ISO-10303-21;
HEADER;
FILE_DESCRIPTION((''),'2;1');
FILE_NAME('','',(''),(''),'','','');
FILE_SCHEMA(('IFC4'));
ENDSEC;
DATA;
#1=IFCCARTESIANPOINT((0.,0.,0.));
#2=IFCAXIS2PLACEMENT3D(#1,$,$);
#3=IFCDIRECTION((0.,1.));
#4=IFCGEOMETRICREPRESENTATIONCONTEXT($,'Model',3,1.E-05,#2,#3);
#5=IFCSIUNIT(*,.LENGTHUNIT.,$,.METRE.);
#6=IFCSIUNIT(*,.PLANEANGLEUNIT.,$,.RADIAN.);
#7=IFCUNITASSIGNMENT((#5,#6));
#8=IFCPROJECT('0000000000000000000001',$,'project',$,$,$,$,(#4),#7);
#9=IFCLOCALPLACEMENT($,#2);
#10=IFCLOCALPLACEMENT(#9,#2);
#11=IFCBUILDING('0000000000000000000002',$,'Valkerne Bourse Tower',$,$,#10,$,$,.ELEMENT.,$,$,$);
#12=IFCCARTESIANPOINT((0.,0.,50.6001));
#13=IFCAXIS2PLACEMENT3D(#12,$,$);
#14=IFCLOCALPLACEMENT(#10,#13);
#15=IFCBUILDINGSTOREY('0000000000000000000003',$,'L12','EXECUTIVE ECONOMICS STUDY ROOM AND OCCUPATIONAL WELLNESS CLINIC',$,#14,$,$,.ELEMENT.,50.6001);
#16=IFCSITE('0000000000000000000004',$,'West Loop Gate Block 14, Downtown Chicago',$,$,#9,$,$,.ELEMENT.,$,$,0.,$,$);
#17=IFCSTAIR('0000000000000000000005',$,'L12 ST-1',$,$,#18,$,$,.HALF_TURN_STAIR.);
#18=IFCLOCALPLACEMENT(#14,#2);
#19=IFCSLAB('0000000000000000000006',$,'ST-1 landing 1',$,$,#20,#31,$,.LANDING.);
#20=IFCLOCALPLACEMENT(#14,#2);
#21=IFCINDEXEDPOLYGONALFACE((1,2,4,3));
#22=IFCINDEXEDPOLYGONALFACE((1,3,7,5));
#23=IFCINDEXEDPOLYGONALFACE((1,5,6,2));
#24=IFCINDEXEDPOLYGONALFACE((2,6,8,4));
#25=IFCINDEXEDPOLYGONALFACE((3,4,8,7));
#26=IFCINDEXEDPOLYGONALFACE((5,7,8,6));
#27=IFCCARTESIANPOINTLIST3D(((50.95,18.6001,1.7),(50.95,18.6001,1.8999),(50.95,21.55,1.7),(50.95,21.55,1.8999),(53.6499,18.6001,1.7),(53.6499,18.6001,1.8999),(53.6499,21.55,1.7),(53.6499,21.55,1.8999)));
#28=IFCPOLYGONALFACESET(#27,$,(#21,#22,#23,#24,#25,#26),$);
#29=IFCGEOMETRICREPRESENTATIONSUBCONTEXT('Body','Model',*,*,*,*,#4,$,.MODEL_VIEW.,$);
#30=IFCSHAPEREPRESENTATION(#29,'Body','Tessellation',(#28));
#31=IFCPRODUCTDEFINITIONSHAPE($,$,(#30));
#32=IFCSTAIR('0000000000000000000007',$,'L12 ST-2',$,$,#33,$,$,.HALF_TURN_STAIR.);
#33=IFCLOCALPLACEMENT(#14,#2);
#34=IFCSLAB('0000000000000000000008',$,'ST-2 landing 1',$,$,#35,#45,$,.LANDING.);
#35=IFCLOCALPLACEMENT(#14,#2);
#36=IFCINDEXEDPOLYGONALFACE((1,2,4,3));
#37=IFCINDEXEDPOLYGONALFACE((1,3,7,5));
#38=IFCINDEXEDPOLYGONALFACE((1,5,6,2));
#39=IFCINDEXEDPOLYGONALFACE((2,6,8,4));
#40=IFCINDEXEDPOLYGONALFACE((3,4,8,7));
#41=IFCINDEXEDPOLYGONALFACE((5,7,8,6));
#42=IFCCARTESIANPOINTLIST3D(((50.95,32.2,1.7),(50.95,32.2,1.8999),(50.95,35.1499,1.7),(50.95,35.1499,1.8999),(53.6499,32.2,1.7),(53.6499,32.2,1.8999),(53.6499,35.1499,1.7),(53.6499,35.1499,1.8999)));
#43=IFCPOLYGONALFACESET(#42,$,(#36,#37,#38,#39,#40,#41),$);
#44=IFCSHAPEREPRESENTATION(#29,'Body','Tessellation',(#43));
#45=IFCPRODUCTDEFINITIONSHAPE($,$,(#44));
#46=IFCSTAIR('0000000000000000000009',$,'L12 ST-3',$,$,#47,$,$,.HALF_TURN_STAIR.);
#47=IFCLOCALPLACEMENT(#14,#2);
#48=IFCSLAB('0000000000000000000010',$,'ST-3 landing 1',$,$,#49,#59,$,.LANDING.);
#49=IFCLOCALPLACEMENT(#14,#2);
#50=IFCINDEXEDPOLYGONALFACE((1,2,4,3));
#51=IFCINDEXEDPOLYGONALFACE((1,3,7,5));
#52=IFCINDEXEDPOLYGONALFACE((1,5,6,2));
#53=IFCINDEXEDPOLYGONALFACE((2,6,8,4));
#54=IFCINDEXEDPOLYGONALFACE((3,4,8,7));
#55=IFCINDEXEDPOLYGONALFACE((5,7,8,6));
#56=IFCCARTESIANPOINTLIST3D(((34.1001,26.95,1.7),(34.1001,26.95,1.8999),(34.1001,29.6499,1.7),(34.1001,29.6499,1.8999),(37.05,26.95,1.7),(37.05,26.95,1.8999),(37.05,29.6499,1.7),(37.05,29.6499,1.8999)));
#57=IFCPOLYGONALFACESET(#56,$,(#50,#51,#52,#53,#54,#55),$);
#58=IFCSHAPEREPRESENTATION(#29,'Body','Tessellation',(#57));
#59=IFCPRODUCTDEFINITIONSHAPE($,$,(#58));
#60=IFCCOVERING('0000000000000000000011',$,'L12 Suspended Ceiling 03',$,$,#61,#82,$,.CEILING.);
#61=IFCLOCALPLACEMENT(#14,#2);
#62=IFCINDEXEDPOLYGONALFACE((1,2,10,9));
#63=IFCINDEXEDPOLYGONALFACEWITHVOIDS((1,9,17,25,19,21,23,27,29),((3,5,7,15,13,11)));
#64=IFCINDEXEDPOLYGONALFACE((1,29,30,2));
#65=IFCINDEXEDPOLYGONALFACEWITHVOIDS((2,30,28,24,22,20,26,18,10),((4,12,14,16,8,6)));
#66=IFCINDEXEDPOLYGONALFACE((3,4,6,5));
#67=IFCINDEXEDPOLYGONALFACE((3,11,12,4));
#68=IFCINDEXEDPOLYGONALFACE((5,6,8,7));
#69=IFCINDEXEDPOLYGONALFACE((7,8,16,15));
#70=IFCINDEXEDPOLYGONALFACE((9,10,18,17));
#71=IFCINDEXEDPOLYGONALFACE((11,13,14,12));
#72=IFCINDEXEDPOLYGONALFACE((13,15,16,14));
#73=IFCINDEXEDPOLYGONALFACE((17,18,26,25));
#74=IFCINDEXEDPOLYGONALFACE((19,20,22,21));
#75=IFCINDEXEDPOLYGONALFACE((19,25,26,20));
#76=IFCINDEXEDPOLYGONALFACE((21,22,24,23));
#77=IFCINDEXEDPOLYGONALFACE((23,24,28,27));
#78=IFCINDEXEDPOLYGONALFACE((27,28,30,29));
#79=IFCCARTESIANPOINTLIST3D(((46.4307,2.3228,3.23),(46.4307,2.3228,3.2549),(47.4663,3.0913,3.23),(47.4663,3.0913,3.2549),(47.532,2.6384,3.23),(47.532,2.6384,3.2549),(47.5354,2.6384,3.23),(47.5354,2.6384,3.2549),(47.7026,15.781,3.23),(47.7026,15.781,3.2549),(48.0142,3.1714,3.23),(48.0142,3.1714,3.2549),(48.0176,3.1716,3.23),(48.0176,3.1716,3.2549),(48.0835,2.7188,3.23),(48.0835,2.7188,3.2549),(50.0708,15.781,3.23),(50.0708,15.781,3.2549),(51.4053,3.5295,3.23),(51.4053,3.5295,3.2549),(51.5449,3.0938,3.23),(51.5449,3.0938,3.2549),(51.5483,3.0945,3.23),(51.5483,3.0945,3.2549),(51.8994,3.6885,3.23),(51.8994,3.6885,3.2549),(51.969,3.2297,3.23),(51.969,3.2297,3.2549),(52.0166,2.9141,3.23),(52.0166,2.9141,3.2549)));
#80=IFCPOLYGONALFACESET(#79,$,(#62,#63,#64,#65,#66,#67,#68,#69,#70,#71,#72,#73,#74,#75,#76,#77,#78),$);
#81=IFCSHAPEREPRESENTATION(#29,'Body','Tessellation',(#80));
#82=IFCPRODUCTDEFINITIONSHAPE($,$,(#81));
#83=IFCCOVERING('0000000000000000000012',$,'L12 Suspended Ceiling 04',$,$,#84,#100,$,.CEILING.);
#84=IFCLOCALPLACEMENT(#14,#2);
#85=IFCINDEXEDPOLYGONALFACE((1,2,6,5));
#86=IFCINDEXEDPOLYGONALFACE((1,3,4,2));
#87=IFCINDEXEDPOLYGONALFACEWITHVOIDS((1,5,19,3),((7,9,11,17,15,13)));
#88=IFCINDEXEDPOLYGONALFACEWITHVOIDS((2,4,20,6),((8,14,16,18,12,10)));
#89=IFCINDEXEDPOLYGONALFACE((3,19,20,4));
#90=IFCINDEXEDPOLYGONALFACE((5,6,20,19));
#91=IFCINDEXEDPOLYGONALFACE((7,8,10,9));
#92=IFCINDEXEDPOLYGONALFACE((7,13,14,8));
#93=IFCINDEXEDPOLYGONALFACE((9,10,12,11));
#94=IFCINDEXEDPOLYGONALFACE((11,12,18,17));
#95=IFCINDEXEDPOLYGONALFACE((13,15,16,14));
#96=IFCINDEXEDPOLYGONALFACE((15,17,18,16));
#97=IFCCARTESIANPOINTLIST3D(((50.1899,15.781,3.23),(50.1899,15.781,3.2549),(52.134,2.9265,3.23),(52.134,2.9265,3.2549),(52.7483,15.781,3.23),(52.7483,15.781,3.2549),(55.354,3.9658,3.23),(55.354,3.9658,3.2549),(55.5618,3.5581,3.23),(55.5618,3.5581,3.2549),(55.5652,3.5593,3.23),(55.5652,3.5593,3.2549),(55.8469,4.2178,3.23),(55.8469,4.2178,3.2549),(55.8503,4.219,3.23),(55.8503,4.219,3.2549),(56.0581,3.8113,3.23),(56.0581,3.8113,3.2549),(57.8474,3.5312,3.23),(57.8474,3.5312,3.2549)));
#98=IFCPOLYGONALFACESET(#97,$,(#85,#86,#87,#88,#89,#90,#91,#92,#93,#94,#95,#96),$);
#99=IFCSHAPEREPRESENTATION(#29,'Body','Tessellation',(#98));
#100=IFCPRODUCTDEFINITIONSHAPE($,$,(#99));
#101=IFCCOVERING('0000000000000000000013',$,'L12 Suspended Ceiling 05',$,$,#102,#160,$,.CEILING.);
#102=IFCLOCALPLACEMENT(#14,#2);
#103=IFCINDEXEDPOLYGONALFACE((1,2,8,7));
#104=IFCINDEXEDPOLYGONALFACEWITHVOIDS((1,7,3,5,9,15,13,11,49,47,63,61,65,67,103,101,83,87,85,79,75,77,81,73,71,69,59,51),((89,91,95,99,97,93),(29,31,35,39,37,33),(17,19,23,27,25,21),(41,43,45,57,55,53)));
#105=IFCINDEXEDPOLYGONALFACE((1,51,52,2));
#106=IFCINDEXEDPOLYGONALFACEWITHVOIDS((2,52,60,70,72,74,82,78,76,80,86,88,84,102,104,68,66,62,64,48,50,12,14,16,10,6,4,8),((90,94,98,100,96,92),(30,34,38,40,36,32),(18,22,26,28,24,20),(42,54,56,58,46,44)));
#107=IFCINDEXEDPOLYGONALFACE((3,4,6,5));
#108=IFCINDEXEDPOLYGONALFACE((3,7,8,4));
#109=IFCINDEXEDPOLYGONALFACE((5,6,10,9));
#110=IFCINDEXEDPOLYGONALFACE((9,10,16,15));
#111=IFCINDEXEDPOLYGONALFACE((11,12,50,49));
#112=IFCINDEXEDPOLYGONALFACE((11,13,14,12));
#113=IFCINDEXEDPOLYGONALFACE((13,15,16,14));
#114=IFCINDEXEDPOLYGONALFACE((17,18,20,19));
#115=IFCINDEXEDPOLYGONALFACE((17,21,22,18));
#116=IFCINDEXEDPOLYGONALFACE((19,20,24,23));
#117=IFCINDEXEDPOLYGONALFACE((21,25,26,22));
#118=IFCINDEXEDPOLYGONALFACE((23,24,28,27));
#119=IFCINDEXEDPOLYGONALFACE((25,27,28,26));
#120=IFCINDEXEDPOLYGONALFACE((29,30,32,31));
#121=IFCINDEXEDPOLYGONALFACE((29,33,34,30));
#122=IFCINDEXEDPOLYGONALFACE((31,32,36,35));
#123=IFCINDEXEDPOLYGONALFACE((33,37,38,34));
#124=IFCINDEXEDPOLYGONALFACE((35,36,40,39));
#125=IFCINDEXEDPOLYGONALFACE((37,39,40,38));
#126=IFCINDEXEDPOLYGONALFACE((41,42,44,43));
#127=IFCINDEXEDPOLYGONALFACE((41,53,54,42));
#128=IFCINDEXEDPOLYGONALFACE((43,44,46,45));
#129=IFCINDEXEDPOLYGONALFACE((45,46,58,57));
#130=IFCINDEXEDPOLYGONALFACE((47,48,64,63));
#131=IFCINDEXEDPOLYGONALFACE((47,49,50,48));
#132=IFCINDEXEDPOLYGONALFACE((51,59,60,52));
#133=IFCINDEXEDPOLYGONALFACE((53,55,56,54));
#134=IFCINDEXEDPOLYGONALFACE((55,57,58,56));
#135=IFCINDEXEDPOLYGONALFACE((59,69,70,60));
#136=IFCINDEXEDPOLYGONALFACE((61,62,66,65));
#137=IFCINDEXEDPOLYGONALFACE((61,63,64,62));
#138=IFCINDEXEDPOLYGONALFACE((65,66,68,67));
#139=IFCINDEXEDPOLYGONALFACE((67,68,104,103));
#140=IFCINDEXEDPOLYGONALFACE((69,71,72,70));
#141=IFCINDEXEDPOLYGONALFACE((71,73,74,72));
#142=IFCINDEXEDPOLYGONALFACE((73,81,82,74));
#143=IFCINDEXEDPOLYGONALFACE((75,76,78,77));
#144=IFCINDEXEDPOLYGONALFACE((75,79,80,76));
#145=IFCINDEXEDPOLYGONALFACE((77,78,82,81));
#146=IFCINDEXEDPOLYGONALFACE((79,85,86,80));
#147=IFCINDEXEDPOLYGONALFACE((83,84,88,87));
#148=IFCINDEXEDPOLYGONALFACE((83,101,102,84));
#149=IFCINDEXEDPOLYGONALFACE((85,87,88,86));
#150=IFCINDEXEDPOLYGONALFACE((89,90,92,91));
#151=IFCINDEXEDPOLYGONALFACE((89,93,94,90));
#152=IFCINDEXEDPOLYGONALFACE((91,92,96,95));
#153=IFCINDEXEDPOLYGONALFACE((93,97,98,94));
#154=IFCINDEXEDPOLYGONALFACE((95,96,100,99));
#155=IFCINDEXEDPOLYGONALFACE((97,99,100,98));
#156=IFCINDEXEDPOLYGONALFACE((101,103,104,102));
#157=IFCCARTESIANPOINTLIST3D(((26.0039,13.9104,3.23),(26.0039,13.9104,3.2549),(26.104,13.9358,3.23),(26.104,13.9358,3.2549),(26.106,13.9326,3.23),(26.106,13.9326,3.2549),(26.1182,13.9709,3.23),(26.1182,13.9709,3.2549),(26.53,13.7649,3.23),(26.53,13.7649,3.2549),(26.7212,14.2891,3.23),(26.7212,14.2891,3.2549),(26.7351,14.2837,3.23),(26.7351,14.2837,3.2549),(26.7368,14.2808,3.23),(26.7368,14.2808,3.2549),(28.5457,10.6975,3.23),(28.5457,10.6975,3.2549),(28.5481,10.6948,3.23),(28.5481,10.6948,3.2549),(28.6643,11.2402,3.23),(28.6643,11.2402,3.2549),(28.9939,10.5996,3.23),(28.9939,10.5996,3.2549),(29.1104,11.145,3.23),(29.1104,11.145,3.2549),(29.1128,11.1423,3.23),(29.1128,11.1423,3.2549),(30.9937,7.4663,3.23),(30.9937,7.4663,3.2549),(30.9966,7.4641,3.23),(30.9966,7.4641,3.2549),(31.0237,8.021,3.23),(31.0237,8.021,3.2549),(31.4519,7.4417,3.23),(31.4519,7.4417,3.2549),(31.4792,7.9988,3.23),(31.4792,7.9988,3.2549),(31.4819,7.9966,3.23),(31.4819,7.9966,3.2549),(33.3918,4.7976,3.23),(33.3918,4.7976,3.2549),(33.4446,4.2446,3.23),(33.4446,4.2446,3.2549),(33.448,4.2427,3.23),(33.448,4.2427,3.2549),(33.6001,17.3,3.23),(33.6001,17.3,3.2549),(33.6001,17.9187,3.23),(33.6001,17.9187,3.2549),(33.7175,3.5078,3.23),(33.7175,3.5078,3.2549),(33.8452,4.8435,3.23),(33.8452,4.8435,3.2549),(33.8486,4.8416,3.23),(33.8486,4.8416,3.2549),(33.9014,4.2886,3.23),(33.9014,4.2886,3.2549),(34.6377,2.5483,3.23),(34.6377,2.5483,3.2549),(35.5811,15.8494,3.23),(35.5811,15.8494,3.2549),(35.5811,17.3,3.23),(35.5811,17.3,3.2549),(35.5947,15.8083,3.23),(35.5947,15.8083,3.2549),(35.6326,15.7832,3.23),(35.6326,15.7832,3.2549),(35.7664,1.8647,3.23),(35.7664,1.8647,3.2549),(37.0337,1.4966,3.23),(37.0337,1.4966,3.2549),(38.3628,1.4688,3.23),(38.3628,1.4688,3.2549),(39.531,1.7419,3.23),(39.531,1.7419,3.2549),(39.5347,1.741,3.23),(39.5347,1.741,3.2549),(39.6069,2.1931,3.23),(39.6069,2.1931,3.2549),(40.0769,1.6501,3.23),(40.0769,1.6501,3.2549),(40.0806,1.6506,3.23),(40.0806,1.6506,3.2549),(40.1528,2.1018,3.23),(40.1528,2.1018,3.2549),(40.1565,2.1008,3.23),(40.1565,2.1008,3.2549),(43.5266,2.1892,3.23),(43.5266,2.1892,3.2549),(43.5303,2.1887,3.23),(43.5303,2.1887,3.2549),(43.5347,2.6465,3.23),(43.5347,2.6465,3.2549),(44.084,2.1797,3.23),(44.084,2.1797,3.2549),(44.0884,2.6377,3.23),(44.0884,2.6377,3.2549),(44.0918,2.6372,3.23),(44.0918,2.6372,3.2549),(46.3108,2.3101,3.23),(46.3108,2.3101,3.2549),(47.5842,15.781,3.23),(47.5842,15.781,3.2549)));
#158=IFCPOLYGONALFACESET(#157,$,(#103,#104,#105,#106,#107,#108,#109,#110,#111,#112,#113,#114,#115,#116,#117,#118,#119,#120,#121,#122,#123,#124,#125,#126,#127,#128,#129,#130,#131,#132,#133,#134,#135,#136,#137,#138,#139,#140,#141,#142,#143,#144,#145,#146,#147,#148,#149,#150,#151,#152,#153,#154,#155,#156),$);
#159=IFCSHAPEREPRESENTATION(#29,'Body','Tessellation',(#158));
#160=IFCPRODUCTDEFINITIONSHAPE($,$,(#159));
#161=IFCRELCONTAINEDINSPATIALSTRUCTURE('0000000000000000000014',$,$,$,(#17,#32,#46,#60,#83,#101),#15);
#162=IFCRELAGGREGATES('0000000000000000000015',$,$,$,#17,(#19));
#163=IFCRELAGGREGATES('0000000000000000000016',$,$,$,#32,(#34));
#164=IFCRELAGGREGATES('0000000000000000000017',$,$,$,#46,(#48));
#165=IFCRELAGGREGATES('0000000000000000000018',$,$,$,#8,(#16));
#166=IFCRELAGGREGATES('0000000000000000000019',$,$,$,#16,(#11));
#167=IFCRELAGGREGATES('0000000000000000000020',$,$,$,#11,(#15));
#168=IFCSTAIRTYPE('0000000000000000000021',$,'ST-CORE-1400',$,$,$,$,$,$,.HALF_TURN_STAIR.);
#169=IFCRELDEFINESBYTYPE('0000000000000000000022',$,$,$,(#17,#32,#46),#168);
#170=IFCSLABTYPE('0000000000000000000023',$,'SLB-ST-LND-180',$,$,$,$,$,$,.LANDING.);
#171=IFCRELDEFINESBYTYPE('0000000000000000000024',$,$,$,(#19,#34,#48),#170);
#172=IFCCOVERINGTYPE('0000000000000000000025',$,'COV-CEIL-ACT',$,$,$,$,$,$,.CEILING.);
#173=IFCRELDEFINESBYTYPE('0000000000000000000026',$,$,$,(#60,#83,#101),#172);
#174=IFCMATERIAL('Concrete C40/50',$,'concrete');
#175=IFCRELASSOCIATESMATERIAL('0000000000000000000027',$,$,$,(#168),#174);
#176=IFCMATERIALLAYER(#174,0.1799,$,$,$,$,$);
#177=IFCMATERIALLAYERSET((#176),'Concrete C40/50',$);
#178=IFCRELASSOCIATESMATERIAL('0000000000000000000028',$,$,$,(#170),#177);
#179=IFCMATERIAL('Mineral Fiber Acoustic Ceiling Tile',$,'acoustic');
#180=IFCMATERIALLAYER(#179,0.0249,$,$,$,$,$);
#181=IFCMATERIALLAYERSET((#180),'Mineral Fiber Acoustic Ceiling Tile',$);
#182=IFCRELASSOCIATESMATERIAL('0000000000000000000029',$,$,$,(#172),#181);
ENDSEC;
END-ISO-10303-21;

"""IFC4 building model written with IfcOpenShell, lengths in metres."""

from ifc_helpers import new_model, si_unit, direction, frame, origin, place, context, subcontext, project, spatial, polyline, outline, extrude, material, layer, layer_set, type_object, element, aggregate, save


model = new_model("IFC4")

# Units and contexts
model_context = context("Model", 3, precision=1e-05, world=origin(), true_north=direction((0.0, 1.0)))
body_context = subcontext(model_context, "Body", "Model", "MODEL_VIEW")
ifc_project = project(units=[si_unit("LENGTHUNIT", "METRE"), si_unit("PLANEANGLEUNIT", "RADIAN")], contexts=[model_context])

# Site, building, storey
site_placement = place(None, origin())
site = spatial("IfcSite", under=ifc_project, at=site_placement, Name="West Loop Gate Block 14, Downtown Chicago", CompositionType="ELEMENT", RefElevation=0.0)
building_placement = place(site_placement, origin())
building = spatial("IfcBuilding", under=site, at=building_placement, Name="Valkerne Bourse Tower", CompositionType="ELEMENT")
storey_placement = place(building_placement, frame((0.0, 0.0, 50.6001)))
storey = spatial("IfcBuildingStorey", under=building, at=storey_placement, Name="L12", Description="EXECUTIVE ECONOMICS STUDY ROOM AND OCCUPATIONAL WELLNESS CLINIC", CompositionType="ELEMENT", Elevation=50.6001)

# Stairs, slabs
ifc_material_1 = material(Name="Concrete C40/50", Category="concrete")
stair_type = type_object("IfcStairType", Name="ST-CORE-1400", PredefinedType="HALF_TURN_STAIR", material=ifc_material_1)
stair_1_placement = place(storey_placement, origin())
stair_1 = element("IfcStair", 1, at=stair_1_placement, inside=storey, type_object=stair_type, Name="L12 ST-1", PredefinedType="HALF_TURN_STAIR")
ifc_layer_1 = layer(ifc_material_1, 0.1799)
ifc_layer_set_1 = layer_set([ifc_layer_1], Name="Concrete C40/50")
slab_type = type_object("IfcSlabType", Name="SLB-ST-LND-180", PredefinedType="LANDING", material=ifc_layer_set_1)
slab_1_placement = place(storey_placement, frame((0.0, 0.0, 1.7)))
slab_1 = element("IfcSlab", 2, at=slab_1_placement, type_object=slab_type, Name="ST-1 landing 1", PredefinedType="LANDING", context=body_context, shape_type="SweptSolid", body=[
    extrude(outline(polyline([(50.95, 18.6001), (53.6499, 18.6001), (53.6499, 21.55), (50.95, 21.55), (50.95, 18.6001)])), origin(), (0.0, 0.0, 1.0), 0.2),
])
aggregate(stair_1, [slab_1])
stair_2_placement = place(storey_placement, origin())
stair_2 = element("IfcStair", 3, at=stair_2_placement, inside=storey, type_object=stair_type, Name="L12 ST-2", PredefinedType="HALF_TURN_STAIR")
slab_2_placement = place(storey_placement, frame((0.0, 0.0, 1.7)))
slab_2 = element("IfcSlab", 4, at=slab_2_placement, type_object=slab_type, Name="ST-2 landing 1", PredefinedType="LANDING", context=body_context, shape_type="SweptSolid", body=[
    extrude(outline(polyline([(50.95, 32.2), (53.6499, 32.2), (53.6499, 35.1499), (50.95, 35.1499), (50.95, 32.2)])), origin(), (0.0, 0.0, 1.0), 0.2),
])
aggregate(stair_2, [slab_2])
stair_3_placement = place(storey_placement, origin())
stair_3 = element("IfcStair", 5, at=stair_3_placement, inside=storey, type_object=stair_type, Name="L12 ST-3", PredefinedType="HALF_TURN_STAIR")
slab_3_placement = place(storey_placement, frame((0.0, 0.0, 1.7)))
slab_3 = element("IfcSlab", 6, at=slab_3_placement, type_object=slab_type, Name="ST-3 landing 1", PredefinedType="LANDING", context=body_context, shape_type="SweptSolid", body=[
    extrude(outline(polyline([(37.05, 26.95), (37.05, 29.6499), (34.1001, 29.6499), (34.1001, 26.95), (37.05, 26.95)])), origin(), (0.0, 0.0, 1.0), 0.2),
])
aggregate(stair_3, [slab_3])

# Coverings
ifc_material_2 = material(Name="Mineral Fiber Acoustic Ceiling Tile", Category="acoustic")
ifc_layer_2 = layer(ifc_material_2, 0.0249)
ifc_layer_set_2 = layer_set([ifc_layer_2], Name="Mineral Fiber Acoustic Ceiling Tile")
covering_type_1 = type_object("IfcCoveringType", Name="COV-CEIL-ACT", PredefinedType="CEILING", material=ifc_layer_set_2)
covering_1_placement = place(storey_placement, frame((0.0, 0.0, 3.23)))
element("IfcCovering", 7, at=covering_1_placement, inside=storey, type_object=covering_type_1, Name="L12 Suspended Ceiling 03", PredefinedType="CEILING", context=body_context, shape_type="SweptSolid", body=[
    extrude(outline(polyline([(50.0708, 15.781), (51.8994, 3.6885), (51.4053, 3.5295), (51.5449, 3.0938), (51.5483, 3.0945), (51.969, 3.2297), (52.0166, 2.9141), (46.4307, 2.3228), (47.7026, 15.781), (50.0708, 15.781)]), holes=[polyline([(47.5354, 2.6384), (48.0835, 2.7188), (48.0176, 3.1716), (48.0142, 3.1714), (47.4663, 3.0913), (47.532, 2.6384), (47.5354, 2.6384)])]), origin(), (0.0, 0.0, 1.0), 0.0249),
])
covering_2_placement = place(storey_placement, frame((0.0, 0.0, 3.23)))
element("IfcCovering", 8, at=covering_2_placement, inside=storey, type_object=covering_type_1, Name="L12 Suspended Ceiling 04", PredefinedType="CEILING", context=body_context, shape_type="SweptSolid", body=[
    extrude(outline(polyline([(52.7483, 15.781), (57.8474, 3.5312), (52.134, 2.9265), (50.1899, 15.781), (52.7483, 15.781)]), holes=[polyline([(56.0581, 3.8113), (55.8503, 4.219), (55.8469, 4.2178), (55.354, 3.9658), (55.5618, 3.5581), (55.5652, 3.5593), (56.0581, 3.8113)])]), origin(), (0.0, 0.0, 1.0), 0.0249),
])
covering_3_placement = place(storey_placement, frame((0.0, 0.0, 3.23)))
element("IfcCovering", 9, at=covering_3_placement, inside=storey, type_object=covering_type_1, Name="L12 Suspended Ceiling 05", PredefinedType="CEILING", context=body_context, shape_type="SweptSolid", body=[
    extrude(outline(polyline([(35.7664, 1.8647), (34.6377, 2.5483), (33.7175, 3.5078), (26.0039, 13.9104), (26.1182, 13.9709), (26.104, 13.9358), (26.106, 13.9326), (26.53, 13.7649), (26.7368, 14.2808), (26.7351, 14.2837), (26.7212, 14.2891), (33.6001, 17.9187), (33.6001, 17.3), (35.5811, 17.3), (35.5811, 15.8494), (35.5947, 15.8083), (35.6326, 15.7832), (47.5842, 15.781), (46.3108, 2.3101), (40.0806, 1.6506), (40.1565, 2.1008), (40.1528, 2.1018), (39.6069, 2.1931), (39.531, 1.7419), (39.5347, 1.741), (40.0769, 1.6501), (38.3628, 1.4688), (37.0337, 1.4966), (35.7664, 1.8647)]), holes=[polyline([(33.8486, 4.8416), (33.8452, 4.8435), (33.3918, 4.7976), (33.4446, 4.2446), (33.448, 4.2427), (33.9014, 4.2886), (33.8486, 4.8416)]), polyline([(31.4792, 7.9988), (31.0237, 8.021), (30.9937, 7.4663), (30.9966, 7.4641), (31.4519, 7.4417), (31.4819, 7.9966), (31.4792, 7.9988)]), polyline([(29.1128, 11.1423), (29.1104, 11.145), (28.6643, 11.2402), (28.5457, 10.6975), (28.5481, 10.6948), (28.9939, 10.5996), (29.1128, 11.1423)]), polyline([(44.0884, 2.6377), (43.5347, 2.6465), (43.5266, 2.1892), (43.5303, 2.1887), (44.084, 2.1797), (44.0918, 2.6372), (44.0884, 2.6377)])]), origin(), (0.0, 0.0, 1.0), 0.0249),
])

save(model, "model.ifc")
